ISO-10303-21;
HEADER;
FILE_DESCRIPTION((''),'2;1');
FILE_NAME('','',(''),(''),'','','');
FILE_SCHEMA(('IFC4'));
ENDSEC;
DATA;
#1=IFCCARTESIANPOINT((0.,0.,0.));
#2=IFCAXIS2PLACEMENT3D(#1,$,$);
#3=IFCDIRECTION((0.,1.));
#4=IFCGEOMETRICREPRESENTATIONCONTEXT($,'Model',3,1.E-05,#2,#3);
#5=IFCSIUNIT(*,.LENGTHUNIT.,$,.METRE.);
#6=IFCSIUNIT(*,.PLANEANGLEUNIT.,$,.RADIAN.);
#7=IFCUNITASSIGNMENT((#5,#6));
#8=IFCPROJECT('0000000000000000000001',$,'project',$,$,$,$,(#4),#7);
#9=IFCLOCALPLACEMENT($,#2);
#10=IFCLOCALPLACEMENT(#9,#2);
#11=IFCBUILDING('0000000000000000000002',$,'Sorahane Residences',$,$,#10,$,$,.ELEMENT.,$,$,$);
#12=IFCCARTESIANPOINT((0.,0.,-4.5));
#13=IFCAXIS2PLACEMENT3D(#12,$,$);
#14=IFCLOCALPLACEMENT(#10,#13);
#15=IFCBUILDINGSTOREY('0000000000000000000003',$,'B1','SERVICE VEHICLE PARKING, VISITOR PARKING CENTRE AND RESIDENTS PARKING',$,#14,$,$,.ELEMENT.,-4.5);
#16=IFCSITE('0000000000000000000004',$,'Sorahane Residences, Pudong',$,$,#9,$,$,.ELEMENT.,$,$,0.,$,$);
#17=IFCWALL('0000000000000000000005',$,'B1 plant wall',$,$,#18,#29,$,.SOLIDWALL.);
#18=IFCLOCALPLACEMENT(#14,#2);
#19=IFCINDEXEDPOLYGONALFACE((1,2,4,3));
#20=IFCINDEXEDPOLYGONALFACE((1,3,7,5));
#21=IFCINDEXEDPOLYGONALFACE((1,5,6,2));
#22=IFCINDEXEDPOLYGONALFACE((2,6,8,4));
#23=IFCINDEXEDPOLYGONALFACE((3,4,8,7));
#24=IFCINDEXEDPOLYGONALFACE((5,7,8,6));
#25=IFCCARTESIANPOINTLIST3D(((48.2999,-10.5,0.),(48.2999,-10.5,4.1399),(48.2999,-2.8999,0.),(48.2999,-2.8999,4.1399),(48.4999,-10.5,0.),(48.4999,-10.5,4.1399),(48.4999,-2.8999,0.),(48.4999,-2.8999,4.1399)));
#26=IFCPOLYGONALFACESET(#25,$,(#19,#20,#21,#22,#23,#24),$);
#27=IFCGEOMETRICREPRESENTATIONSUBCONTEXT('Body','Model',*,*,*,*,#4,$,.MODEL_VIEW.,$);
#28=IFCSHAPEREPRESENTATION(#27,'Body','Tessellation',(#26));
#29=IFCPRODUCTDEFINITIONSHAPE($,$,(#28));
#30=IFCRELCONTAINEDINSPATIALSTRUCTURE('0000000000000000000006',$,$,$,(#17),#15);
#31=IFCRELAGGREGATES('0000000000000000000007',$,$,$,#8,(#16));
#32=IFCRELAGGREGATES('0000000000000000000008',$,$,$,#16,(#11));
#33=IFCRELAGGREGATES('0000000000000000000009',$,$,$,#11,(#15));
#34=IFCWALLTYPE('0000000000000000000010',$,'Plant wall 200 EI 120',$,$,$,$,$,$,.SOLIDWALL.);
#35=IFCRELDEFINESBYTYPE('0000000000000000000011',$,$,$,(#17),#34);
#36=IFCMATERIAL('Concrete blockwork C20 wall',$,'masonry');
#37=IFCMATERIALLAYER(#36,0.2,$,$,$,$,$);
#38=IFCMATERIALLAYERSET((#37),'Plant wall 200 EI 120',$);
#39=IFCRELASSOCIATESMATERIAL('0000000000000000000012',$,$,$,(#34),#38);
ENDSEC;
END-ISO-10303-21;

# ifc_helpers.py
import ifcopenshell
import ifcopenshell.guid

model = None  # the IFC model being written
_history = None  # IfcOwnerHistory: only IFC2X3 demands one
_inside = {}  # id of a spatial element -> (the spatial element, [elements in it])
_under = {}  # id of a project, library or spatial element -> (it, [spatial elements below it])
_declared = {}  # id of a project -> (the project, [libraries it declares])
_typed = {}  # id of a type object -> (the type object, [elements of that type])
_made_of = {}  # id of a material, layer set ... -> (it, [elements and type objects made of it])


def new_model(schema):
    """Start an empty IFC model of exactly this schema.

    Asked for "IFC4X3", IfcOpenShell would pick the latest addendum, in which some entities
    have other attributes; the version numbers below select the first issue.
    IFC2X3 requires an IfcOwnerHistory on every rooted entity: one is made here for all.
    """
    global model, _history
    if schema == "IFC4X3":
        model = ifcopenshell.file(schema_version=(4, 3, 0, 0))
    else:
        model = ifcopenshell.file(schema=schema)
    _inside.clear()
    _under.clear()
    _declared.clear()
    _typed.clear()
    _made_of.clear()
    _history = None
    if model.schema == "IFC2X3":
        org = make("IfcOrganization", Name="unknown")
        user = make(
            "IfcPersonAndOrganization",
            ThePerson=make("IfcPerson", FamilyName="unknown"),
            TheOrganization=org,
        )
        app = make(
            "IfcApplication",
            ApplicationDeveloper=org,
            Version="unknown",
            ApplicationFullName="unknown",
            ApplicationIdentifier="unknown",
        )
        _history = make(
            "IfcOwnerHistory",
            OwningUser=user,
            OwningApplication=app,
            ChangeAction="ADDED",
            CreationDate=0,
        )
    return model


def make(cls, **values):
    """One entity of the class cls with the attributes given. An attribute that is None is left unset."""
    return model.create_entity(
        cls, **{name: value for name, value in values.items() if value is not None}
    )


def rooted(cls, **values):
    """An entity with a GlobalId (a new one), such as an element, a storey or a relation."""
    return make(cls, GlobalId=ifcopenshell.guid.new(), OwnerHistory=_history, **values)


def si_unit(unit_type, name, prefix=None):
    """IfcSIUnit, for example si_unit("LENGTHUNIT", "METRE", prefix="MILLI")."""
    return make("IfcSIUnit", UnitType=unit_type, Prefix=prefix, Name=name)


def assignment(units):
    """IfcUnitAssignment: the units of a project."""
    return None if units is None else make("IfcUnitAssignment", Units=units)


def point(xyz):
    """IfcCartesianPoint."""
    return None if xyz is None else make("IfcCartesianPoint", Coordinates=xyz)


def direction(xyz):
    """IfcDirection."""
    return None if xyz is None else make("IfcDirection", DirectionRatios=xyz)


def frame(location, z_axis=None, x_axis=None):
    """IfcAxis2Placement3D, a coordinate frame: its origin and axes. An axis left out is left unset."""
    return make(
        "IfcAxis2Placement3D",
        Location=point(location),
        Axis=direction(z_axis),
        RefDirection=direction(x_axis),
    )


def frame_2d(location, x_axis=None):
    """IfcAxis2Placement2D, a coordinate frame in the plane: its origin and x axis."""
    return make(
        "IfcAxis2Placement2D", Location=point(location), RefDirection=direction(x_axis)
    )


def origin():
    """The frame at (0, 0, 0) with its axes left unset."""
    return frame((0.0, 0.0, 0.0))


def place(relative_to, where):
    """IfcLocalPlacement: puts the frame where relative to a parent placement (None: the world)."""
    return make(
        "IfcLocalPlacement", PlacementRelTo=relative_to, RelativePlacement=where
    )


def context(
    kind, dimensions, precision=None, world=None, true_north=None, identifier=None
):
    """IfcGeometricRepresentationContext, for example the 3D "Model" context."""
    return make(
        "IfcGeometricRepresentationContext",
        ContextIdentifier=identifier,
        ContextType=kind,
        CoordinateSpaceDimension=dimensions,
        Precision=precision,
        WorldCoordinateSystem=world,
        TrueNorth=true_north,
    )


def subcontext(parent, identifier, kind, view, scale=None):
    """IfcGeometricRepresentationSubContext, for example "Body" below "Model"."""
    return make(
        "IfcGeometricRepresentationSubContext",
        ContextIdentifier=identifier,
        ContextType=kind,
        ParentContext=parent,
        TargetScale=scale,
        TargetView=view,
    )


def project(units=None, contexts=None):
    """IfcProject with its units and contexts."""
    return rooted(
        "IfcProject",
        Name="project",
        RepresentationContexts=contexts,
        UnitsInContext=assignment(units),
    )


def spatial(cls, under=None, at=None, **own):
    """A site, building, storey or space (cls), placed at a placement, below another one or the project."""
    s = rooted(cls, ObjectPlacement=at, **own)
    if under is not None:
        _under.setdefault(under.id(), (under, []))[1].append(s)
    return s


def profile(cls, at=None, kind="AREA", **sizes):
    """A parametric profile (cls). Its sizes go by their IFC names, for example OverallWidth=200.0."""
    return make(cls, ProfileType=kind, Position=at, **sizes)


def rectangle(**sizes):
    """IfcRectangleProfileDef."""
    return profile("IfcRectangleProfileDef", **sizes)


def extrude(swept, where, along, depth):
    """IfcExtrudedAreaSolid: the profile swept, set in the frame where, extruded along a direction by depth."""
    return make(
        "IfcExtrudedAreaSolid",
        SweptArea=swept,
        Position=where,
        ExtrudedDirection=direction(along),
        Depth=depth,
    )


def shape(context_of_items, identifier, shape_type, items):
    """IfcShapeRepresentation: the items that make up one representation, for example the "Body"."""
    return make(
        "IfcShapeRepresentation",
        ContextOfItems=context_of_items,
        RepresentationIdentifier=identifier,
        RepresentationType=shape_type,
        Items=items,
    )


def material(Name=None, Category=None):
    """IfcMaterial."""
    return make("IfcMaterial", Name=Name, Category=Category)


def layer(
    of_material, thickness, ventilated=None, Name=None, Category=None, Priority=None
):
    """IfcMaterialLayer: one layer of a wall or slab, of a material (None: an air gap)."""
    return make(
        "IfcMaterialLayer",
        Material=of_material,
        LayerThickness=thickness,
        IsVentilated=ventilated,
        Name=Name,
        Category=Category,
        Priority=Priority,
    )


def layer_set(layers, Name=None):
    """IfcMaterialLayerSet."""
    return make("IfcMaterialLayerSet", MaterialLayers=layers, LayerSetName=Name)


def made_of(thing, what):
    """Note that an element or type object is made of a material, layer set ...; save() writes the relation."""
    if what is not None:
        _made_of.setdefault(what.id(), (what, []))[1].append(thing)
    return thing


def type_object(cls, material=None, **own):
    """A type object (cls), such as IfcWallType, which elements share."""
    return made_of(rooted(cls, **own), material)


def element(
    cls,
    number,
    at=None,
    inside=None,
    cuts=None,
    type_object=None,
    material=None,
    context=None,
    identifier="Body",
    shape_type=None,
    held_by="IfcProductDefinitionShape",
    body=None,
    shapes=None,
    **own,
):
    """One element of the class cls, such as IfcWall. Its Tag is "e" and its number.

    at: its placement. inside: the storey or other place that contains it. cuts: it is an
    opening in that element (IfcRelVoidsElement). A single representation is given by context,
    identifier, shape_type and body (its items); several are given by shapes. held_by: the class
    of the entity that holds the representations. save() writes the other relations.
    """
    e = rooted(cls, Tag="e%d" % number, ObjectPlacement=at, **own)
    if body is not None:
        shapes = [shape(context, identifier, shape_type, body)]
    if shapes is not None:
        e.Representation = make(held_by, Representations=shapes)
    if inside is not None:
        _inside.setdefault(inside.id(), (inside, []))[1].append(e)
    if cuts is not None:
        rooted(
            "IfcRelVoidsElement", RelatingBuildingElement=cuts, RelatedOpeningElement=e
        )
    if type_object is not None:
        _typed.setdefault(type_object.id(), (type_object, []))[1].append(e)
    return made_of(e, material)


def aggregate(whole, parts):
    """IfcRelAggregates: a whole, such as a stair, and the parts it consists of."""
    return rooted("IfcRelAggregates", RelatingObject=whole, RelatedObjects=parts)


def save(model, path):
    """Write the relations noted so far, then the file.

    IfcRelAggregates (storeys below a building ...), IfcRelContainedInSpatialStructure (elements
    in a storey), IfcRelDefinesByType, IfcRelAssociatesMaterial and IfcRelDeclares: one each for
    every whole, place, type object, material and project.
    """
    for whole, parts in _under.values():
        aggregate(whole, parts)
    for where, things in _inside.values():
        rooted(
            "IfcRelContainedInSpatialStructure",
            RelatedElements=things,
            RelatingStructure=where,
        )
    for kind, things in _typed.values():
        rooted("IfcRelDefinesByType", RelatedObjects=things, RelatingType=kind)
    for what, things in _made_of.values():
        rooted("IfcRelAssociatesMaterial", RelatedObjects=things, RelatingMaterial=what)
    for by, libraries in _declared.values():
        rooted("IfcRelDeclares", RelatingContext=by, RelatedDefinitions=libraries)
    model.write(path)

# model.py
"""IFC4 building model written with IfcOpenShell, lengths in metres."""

from ifc_helpers import new_model, si_unit, direction, frame, frame_2d, origin, place, context, subcontext, project, spatial, rectangle, extrude, material, layer, layer_set, type_object, element, save


model = new_model("IFC4")

# Units and contexts
model_context = context("Model", 3, precision=1e-05, world=origin(), true_north=direction((0.0, 1.0)))
body_context = subcontext(model_context, "Body", "Model", "MODEL_VIEW")
ifc_project = project(units=[si_unit("LENGTHUNIT", "METRE"), si_unit("PLANEANGLEUNIT", "RADIAN")], contexts=[model_context])

# Site, building, storey
site_placement = place(None, origin())
site = spatial("IfcSite", under=ifc_project, at=site_placement, Name="Sorahane Residences, Pudong", CompositionType="ELEMENT", RefElevation=0.0)
building_placement = place(site_placement, origin())
building = spatial("IfcBuilding", under=site, at=building_placement, Name="Sorahane Residences", CompositionType="ELEMENT")
storey_placement = place(building_placement, frame((0.0, 0.0, -4.5)))
storey = spatial("IfcBuildingStorey", under=building, at=storey_placement, Name="B1", Description="SERVICE VEHICLE PARKING, VISITOR PARKING CENTRE AND RESIDENTS PARKING", CompositionType="ELEMENT", Elevation=-4.5)

# Wall
ifc_material_1 = material(Name="Concrete blockwork C20 wall", Category="masonry")
ifc_layer_1 = layer(ifc_material_1, 0.2)
ifc_layer_set_1 = layer_set([ifc_layer_1], Name="Plant wall 200 EI 120")
wall_type_1 = type_object("IfcWallType", Name="Plant wall 200 EI 120", PredefinedType="SOLIDWALL", material=ifc_layer_set_1)
wall_1_placement = place(storey_placement, frame((48.3999, -10.5, 0.0), z_axis=(0.0, 0.0, 1.0), x_axis=(0.0, 1.0, 0.0)))
element("IfcWall", 1, at=wall_1_placement, inside=storey, type_object=wall_type_1, Name="B1 plant wall", PredefinedType="SOLIDWALL", context=body_context, shape_type="SweptSolid", body=[
    extrude(rectangle(XDim=7.6001, YDim=0.2, at=frame_2d((3.8, 0.0))), origin(), (0.0, 0.0, 1.0), 4.1399),
])

save(model, "model.ifc")
